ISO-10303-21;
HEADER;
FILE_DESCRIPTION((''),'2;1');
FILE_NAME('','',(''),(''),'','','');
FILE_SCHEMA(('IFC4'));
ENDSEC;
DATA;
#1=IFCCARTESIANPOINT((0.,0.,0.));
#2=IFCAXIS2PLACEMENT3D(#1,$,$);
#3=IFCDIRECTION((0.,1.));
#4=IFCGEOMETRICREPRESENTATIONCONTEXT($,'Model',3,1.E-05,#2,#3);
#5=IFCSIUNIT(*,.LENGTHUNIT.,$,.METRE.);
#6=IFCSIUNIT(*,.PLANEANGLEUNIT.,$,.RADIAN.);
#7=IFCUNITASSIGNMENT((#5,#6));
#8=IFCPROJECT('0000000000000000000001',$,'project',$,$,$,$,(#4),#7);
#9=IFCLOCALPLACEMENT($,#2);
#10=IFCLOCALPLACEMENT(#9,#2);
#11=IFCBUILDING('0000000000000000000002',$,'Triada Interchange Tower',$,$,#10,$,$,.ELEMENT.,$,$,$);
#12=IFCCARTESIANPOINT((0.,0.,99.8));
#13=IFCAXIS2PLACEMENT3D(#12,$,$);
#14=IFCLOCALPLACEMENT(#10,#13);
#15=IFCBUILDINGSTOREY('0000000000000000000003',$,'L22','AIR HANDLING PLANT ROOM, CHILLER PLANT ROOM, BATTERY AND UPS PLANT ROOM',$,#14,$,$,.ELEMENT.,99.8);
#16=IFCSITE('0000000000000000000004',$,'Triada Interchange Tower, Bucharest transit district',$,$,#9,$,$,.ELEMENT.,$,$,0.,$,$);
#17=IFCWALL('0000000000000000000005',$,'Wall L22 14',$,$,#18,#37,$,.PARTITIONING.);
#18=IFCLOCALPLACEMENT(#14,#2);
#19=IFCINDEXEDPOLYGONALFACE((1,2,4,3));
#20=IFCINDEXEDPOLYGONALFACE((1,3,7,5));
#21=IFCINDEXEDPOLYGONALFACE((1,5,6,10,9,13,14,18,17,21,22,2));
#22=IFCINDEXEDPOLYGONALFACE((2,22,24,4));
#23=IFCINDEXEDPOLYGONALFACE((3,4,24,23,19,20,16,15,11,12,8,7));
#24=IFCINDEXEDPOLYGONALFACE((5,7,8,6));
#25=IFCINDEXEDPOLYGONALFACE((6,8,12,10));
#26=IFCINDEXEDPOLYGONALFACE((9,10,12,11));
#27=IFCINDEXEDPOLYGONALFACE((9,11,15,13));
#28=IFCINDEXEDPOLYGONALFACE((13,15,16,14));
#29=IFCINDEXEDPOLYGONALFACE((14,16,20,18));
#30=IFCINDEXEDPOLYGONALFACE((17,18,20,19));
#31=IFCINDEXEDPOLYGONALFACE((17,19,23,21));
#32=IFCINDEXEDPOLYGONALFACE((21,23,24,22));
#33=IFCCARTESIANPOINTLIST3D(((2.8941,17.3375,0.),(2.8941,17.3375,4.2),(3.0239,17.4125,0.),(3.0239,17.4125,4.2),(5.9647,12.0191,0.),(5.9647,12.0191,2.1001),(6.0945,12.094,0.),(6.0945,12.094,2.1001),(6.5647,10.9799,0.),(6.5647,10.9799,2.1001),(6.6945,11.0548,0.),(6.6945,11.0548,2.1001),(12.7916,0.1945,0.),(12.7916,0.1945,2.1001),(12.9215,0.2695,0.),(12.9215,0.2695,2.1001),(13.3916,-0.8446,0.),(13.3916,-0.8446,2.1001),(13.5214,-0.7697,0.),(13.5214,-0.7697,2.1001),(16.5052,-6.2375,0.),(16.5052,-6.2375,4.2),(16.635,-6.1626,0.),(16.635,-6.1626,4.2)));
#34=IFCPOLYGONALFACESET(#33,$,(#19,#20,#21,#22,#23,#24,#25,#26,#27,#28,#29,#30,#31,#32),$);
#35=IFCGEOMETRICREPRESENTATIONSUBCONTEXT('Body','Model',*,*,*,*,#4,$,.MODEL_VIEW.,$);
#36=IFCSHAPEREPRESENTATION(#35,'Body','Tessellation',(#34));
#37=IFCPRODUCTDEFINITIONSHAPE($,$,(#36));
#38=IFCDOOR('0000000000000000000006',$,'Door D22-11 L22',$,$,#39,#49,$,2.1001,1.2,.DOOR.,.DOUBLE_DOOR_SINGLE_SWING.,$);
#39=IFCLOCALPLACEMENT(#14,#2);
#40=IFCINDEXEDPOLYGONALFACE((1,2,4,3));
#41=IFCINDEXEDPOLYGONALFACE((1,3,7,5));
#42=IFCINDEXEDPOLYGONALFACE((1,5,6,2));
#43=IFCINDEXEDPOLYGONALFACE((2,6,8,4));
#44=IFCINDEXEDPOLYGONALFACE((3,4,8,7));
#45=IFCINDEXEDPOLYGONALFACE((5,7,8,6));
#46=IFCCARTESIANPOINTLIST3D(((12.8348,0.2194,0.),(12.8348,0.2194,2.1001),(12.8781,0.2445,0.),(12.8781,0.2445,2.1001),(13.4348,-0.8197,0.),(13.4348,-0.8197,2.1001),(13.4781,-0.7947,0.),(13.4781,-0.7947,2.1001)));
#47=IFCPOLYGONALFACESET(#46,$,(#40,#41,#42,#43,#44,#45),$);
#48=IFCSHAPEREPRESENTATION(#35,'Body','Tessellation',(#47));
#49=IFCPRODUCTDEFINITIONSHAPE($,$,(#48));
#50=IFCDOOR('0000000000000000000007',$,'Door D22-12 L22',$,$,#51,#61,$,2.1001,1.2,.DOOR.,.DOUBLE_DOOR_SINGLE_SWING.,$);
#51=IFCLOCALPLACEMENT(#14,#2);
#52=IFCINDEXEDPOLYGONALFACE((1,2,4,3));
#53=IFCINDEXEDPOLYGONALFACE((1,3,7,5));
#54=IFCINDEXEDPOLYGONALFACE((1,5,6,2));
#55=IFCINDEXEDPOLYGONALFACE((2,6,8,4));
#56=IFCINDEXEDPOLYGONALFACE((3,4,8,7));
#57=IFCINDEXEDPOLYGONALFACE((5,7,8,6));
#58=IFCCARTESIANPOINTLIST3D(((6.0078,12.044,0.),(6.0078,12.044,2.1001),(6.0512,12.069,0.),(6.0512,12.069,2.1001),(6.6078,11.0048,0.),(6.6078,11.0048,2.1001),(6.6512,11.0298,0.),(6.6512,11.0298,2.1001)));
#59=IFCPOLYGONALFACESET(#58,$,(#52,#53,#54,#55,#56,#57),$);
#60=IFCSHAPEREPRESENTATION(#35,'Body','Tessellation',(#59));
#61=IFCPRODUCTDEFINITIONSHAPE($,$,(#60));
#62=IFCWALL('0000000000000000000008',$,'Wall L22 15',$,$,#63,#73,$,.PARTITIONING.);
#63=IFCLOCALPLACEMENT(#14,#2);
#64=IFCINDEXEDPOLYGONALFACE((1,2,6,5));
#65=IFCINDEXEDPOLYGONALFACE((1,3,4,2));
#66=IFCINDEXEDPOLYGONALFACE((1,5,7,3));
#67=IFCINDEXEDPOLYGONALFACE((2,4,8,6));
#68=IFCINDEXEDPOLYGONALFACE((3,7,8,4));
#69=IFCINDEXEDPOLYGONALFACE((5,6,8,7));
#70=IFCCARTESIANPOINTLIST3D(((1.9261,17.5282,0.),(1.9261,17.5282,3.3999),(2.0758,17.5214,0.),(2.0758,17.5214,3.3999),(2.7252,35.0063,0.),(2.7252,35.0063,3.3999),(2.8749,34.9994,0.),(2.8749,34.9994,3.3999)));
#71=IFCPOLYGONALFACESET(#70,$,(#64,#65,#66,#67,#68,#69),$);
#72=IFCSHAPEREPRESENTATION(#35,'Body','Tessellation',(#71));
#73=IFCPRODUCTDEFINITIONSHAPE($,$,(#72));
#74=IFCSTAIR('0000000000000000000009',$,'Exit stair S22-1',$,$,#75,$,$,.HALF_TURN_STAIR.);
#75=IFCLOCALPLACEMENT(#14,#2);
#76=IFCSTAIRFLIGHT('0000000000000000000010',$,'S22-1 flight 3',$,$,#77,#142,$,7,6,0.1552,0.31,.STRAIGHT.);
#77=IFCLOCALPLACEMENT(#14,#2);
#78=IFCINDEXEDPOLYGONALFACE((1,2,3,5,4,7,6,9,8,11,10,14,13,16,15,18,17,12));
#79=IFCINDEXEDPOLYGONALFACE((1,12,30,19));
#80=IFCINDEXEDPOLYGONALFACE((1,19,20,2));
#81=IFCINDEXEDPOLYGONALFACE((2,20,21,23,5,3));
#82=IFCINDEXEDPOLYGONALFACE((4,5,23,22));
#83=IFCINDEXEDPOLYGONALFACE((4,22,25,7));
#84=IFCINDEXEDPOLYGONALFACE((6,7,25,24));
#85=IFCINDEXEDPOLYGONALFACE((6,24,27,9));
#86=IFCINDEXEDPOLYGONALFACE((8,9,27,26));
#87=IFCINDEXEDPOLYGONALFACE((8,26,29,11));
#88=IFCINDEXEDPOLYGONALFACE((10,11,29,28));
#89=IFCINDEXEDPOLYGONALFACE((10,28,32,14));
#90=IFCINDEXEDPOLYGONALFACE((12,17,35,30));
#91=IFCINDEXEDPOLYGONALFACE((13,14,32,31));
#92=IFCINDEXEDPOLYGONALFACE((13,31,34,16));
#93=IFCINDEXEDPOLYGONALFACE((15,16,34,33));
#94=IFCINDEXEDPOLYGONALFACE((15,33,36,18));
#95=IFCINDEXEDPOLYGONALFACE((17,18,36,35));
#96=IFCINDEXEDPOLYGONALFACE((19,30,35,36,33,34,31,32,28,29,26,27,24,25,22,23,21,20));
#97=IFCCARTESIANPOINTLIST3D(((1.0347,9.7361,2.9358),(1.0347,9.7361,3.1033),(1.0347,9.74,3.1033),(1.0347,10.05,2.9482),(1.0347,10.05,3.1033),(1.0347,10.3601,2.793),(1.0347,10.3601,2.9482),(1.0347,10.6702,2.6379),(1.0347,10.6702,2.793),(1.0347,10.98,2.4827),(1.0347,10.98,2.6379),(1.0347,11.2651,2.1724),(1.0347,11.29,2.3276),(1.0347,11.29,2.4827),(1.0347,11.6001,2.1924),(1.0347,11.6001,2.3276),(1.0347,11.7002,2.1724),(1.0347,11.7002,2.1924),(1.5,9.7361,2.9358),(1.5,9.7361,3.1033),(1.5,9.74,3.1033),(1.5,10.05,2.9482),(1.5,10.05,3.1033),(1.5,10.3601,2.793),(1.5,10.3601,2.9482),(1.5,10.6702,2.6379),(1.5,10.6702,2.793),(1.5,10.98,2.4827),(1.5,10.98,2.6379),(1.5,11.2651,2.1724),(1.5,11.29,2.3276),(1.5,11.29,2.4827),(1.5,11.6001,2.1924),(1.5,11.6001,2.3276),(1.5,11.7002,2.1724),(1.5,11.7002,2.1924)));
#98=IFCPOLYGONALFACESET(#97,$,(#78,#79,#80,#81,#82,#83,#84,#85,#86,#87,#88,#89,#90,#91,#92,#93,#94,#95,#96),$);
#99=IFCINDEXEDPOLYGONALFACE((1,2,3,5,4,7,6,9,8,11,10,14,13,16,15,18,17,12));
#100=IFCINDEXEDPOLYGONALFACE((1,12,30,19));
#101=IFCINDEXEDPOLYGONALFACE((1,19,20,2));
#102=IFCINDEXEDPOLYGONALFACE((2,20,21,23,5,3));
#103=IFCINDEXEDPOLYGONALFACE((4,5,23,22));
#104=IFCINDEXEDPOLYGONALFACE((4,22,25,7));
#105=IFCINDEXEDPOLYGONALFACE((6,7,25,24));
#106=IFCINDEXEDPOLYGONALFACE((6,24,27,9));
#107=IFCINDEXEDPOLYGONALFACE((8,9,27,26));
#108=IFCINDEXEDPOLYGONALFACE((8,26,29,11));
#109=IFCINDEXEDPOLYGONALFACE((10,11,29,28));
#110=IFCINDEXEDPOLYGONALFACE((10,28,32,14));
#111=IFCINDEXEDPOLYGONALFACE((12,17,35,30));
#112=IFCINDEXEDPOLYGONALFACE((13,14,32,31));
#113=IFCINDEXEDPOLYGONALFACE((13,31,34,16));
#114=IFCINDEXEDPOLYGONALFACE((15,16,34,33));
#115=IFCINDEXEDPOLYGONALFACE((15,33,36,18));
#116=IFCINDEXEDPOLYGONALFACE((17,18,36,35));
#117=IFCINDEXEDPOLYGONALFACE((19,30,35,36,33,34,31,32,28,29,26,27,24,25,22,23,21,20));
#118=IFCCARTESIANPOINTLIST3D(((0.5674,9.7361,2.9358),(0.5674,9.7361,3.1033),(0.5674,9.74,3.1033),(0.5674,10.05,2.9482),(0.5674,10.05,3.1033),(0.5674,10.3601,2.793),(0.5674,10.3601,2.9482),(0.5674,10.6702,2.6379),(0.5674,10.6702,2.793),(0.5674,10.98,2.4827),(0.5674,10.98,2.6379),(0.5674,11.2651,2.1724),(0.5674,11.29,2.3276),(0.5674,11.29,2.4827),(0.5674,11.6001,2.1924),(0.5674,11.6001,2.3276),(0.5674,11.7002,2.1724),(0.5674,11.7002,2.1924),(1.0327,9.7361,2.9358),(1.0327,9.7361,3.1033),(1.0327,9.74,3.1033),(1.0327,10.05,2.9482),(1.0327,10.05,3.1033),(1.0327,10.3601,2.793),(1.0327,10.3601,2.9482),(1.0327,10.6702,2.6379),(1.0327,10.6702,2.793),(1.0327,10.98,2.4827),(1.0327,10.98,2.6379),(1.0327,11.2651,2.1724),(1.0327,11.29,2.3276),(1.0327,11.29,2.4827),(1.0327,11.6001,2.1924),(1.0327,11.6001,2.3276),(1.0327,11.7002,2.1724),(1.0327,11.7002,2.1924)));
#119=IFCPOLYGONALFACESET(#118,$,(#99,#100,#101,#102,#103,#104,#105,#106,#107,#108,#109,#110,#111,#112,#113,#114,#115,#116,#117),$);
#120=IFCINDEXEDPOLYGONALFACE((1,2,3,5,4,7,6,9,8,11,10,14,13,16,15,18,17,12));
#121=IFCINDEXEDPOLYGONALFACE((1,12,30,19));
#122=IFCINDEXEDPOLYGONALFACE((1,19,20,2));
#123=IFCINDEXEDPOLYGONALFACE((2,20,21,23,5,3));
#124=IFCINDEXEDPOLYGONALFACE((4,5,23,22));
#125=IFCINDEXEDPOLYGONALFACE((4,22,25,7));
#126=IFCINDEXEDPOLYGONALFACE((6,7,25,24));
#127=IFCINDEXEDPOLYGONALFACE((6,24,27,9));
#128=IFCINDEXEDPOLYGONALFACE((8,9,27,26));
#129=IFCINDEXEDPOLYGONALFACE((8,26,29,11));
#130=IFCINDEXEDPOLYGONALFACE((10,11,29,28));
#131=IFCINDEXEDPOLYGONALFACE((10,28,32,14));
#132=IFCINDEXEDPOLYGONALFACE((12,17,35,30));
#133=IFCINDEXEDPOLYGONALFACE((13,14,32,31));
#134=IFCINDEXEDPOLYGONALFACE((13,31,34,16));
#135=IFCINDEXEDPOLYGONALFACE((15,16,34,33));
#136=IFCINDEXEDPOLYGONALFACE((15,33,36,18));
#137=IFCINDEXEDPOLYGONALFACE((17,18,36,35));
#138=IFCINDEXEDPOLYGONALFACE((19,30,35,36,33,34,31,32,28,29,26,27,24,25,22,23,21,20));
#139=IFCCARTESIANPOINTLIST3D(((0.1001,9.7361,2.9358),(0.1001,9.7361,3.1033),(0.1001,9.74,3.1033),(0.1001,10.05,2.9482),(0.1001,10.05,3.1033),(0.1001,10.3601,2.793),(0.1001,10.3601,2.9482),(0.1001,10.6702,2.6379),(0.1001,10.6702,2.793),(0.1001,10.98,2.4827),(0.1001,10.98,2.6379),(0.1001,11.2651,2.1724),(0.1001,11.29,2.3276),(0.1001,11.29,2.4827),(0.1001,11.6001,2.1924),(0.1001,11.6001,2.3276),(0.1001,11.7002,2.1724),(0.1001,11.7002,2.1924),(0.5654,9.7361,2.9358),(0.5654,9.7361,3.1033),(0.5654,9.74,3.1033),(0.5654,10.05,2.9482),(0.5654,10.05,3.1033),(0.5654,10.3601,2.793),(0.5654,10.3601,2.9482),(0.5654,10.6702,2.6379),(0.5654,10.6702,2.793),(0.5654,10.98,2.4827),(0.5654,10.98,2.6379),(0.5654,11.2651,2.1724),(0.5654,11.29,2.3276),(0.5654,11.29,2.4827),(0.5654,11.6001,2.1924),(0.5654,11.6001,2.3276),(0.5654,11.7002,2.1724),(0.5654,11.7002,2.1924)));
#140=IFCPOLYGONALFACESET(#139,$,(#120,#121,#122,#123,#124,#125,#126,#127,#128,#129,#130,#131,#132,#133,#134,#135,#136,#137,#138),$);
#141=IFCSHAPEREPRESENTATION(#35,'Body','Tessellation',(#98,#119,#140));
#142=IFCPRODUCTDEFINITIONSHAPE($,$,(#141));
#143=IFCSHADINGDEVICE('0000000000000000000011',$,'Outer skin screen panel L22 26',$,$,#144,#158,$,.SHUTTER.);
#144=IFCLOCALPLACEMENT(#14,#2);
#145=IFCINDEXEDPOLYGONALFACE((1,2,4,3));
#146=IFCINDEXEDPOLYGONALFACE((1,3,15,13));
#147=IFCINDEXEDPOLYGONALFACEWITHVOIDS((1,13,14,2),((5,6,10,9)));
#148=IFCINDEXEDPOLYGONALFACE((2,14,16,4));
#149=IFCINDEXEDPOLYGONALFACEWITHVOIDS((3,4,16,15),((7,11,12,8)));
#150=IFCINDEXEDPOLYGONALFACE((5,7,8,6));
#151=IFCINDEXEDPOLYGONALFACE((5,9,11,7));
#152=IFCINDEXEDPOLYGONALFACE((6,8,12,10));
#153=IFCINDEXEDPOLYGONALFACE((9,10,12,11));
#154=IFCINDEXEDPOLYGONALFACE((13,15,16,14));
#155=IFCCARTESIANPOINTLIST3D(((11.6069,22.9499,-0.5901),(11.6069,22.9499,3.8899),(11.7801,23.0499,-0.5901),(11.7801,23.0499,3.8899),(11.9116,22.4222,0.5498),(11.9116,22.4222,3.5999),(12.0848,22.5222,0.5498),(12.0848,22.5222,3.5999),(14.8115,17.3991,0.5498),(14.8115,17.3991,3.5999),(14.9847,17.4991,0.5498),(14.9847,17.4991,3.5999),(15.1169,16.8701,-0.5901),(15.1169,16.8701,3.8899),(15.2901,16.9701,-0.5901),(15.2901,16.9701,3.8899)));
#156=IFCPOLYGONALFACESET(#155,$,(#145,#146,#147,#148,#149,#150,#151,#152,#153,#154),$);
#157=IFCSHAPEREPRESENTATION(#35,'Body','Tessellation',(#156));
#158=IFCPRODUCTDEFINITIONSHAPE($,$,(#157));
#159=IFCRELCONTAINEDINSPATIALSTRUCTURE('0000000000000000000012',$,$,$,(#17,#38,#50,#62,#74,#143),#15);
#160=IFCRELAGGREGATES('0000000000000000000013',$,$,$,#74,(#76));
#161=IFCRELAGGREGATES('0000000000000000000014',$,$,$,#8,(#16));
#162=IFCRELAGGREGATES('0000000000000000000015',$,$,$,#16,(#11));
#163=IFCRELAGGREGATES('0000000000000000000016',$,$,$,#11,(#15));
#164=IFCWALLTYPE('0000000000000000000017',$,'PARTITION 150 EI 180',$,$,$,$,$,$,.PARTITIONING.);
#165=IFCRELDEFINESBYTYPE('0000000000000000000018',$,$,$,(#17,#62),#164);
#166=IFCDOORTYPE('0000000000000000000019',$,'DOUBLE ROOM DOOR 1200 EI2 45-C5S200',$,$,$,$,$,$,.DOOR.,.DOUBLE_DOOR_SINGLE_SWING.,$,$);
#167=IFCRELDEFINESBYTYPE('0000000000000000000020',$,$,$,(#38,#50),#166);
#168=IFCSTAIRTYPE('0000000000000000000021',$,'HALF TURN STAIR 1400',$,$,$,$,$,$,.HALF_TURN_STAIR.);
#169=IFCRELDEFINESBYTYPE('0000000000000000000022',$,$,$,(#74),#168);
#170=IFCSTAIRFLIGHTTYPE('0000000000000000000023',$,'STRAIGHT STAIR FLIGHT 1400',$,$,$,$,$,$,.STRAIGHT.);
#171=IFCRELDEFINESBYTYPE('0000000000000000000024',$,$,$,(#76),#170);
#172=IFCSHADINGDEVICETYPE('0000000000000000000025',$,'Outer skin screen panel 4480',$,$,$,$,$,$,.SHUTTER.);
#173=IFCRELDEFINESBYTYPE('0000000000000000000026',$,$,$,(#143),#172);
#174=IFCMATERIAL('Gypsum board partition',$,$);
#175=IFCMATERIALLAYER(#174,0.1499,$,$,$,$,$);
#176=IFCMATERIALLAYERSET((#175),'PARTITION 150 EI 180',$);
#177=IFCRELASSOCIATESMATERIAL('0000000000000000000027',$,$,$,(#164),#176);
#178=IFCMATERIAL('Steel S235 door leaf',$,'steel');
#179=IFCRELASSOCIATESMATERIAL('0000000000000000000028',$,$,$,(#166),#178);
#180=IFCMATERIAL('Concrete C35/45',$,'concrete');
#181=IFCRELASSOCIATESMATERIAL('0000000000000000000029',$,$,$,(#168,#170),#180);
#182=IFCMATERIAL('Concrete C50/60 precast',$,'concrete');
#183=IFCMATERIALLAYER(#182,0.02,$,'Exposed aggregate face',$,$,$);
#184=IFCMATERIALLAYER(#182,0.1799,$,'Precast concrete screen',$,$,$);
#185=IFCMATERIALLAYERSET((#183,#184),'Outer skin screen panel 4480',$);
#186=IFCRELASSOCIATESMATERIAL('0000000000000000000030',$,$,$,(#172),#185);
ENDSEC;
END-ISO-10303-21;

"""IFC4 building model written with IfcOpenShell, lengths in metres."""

from ifc_helpers import new_model, si_unit, direction, frame, frame_2d, origin, place, context, subcontext, project, spatial, polyline, rectangle, outline, extrude, material, layer, layer_set, type_object, element, fill, aggregate, save


model = new_model("IFC4")

# Units and contexts
model_context = context("Model", 3, precision=1e-05, world=origin(), true_north=direction((0.0, 1.0)))
body_context = subcontext(model_context, "Body", "Model", "MODEL_VIEW")
ifc_project = project(units=[si_unit("LENGTHUNIT", "METRE"), si_unit("PLANEANGLEUNIT", "RADIAN")], contexts=[model_context])

# Site, building, storey
site_placement = place(None, origin())
site = spatial("IfcSite", under=ifc_project, at=site_placement, Name="Triada Interchange Tower, Bucharest transit district", CompositionType="ELEMENT", RefElevation=0.0)
building_placement = place(site_placement, origin())
building = spatial("IfcBuilding", under=site, at=building_placement, Name="Triada Interchange Tower", CompositionType="ELEMENT")
storey_placement = place(building_placement, frame((0.0, 0.0, 99.8)))
storey = spatial("IfcBuildingStorey", under=building, at=storey_placement, Name="L22", Description="AIR HANDLING PLANT ROOM, CHILLER PLANT ROOM, BATTERY AND UPS PLANT ROOM", CompositionType="ELEMENT", Elevation=99.8)

# Shared definitions
ifc_material_1 = material(Name="Concrete C35/45", Category="concrete")

# Shared definitions
ifc_material_2 = material(Name="Steel S235 door leaf", Category="steel")

# Shared definitions
ifc_material_3 = material(Name="Gypsum board partition")
ifc_layer_1 = layer(ifc_material_3, 0.1499)
ifc_layer_set_1 = layer_set([ifc_layer_1], Name="PARTITION 150 EI 180")
wall_type_1 = type_object("IfcWallType", Name="PARTITION 150 EI 180", PredefinedType="PARTITIONING", material=ifc_layer_set_1)

# Wall, openings, doors
wall_1_placement = place(storey_placement, frame((2.959, 17.375, 0.0), z_axis=(0.0, 0.0, 1.0), x_axis=(0.500002, -0.866024, 0.0)))
wall_1 = element("IfcWall", 1, at=wall_1_placement, inside=storey, type_object=wall_type_1, Name="Wall L22 14", PredefinedType="PARTITIONING", context=body_context, shape_type="SweptSolid", body=[
    extrude(rectangle(XDim=27.2222, YDim=0.1499, at=frame_2d((13.6111, 0.0))), origin(), (0.0, 0.0, 1.0), 4.2),
])
opening_1_placement = place(wall_1_placement, frame((19.7949, 0.0, 0.0)))
opening_1 = element("IfcOpeningElement", 2, at=opening_1_placement, cuts=wall_1, PredefinedType="OPENING", context=body_context, shape_type="SweptSolid", body=[
    extrude(rectangle(XDim=1.2, YDim=2.1001, at=frame_2d((0.6001, 1.05))), frame((0.0, 0.085, 0.0), z_axis=(0.0, -1.0, 0.0), x_axis=(1.0, 0.0, 0.0)), (0.0, 0.0, 1.0), 0.1699),
])
opening_2_placement = place(wall_1_placement, frame((6.1411, 0.0, 0.0)))
opening_2 = element("IfcOpeningElement", 3, at=opening_2_placement, cuts=wall_1, PredefinedType="OPENING", context=body_context, shape_type="SweptSolid", body=[
    extrude(rectangle(XDim=1.2, YDim=2.1001, at=frame_2d((0.6001, 1.05))), frame((0.0, 0.085, 0.0), z_axis=(0.0, -1.0, 0.0), x_axis=(1.0, 0.0, 0.0)), (0.0, 0.0, 1.0), 0.1699),
])
door_type_1 = type_object("IfcDoorType", Name="DOUBLE ROOM DOOR 1200 EI2 45-C5S200", OperationType="DOUBLE_DOOR_SINGLE_SWING", PredefinedType="DOOR", material=ifc_material_2)
door_1_placement = place(opening_1_placement, origin())
door_1 = element("IfcDoor", 4, at=door_1_placement, inside=storey, type_object=door_type_1, Name="Door D22-11 L22", OperationType="DOUBLE_DOOR_SINGLE_SWING", OverallHeight=2.1001, OverallWidth=1.2, PredefinedType="DOOR", context=body_context, shape_type="SweptSolid", body=[
    extrude(rectangle(XDim=1.2, YDim=2.1001, at=frame_2d((0.6001, 1.05))), frame((0.0, 0.0249, 0.0), z_axis=(0.0, -1.0, 0.0), x_axis=(1.0, 0.0, 0.0)), (0.0, 0.0, 1.0), 0.05),
])
fill(opening_1, door_1)
door_2_placement = place(opening_2_placement, origin())
door_2 = element("IfcDoor", 5, at=door_2_placement, inside=storey, type_object=door_type_1, Name="Door D22-12 L22", OperationType="DOUBLE_DOOR_SINGLE_SWING", OverallHeight=2.1001, OverallWidth=1.2, PredefinedType="DOOR", context=body_context, shape_type="SweptSolid", body=[
    extrude(rectangle(XDim=1.2, YDim=2.1001, at=frame_2d((0.6001, 1.05))), frame((0.0, 0.0249, 0.0), z_axis=(0.0, -1.0, 0.0), x_axis=(1.0, 0.0, 0.0)), (0.0, 0.0, 1.0), 0.05),
])
fill(opening_2, door_2)

# Wall
wall_2_placement = place(storey_placement, frame((2.001, 17.5249, 0.0), z_axis=(0.0, 0.0, 1.0), x_axis=(0.045671, 0.998957, 0.0)))
element("IfcWall", 6, at=wall_2_placement, inside=storey, type_object=wall_type_1, Name="Wall L22 15", PredefinedType="PARTITIONING", context=body_context, shape_type="SweptSolid", body=[
    extrude(rectangle(XDim=17.4963, YDim=0.1499, at=frame_2d((8.748, 0.0))), origin(), (0.0, 0.0, 1.0), 3.3999),
])

# Stair, stair flight
stair_type = type_object("IfcStairType", Name="HALF TURN STAIR 1400", PredefinedType="HALF_TURN_STAIR", material=ifc_material_1)
stair_placement = place(storey_placement, origin())
stair = element("IfcStair", 7, at=stair_placement, inside=storey, type_object=stair_type, Name="Exit stair S22-1", PredefinedType="HALF_TURN_STAIR")
stair_flight_type = type_object("IfcStairFlightType", Name="STRAIGHT STAIR FLIGHT 1400", PredefinedType="STRAIGHT", material=ifc_material_1)
stair_flight_placement = place(storey_placement, frame((0.8, 11.6001, 2.1724), z_axis=(0.0, 0.0, 1.0), x_axis=(0.0, -1.0, 0.0)))
stair_flight = element("IfcStairFlight", 8, at=stair_flight_placement, type_object=stair_flight_type, Name="S22-1 flight 3", NumberOfRisers=7, NumberOfTreads=6, PredefinedType="STRAIGHT", RiserHeight=0.1552, TreadLength=0.31, context=body_context, shape_type="SweptSolid", body=[
    extrude(outline(polyline([(-0.1001, 0.0), (-0.1001, 0.02), (0.0, 0.02), (0.0, 0.1553), (0.3101, 0.1553), (0.3101, 0.3103), (0.6201, 0.3103), (0.6201, 0.4656), (0.9299, 0.4656), (0.9299, 0.6206), (1.24, 0.6206), (1.24, 0.7759), (1.55, 0.7759), (1.55, 0.9309), (1.8601, 0.9309), (1.864, 0.9309), (1.864, 1.0862), (1.864, 0.7634), (0.335, 0.0), (-0.1001, 0.0)])), frame((0.0, 0.7, 0.0), z_axis=(0.0, -1.0, 0.0), x_axis=(1.0, 0.0, 0.0)), (0.0, 0.0, 1.0), 0.4653),
    extrude(outline(polyline([(-0.1001, 0.0), (-0.1001, 0.02), (0.0, 0.02), (0.0, 0.1553), (0.3101, 0.1553), (0.3101, 0.3103), (0.6201, 0.3103), (0.6201, 0.4656), (0.9299, 0.4656), (0.9299, 0.6206), (1.24, 0.6206), (1.24, 0.7759), (1.55, 0.7759), (1.55, 0.9309), (1.8601, 0.9309), (1.864, 0.9309), (1.864, 1.0862), (1.864, 0.7634), (0.335, 0.0), (-0.1001, 0.0)])), frame((0.0, 0.2327, 0.0), z_axis=(0.0, -1.0, 0.0), x_axis=(1.0, 0.0, 0.0)), (0.0, 0.0, 1.0), 0.4653),
    extrude(outline(polyline([(-0.1001, 0.0), (-0.1001, 0.02), (0.0, 0.02), (0.0, 0.1553), (0.3101, 0.1553), (0.3101, 0.3103), (0.6201, 0.3103), (0.6201, 0.4656), (0.9299, 0.4656), (0.9299, 0.6206), (1.24, 0.6206), (1.24, 0.7759), (1.55, 0.7759), (1.55, 0.9309), (1.8601, 0.9309), (1.864, 0.9309), (1.864, 1.0862), (1.864, 0.7634), (0.335, 0.0), (-0.1001, 0.0)])), frame((0.0, -0.2346, 0.0), z_axis=(0.0, -1.0, 0.0), x_axis=(1.0, 0.0, 0.0)), (0.0, 0.0, 1.0), 0.4653),
])

# Shading device
ifc_material_4 = material(Name="Concrete C50/60 precast", Category="concrete")
ifc_layer_2 = layer(ifc_material_4, 0.02, Name="Exposed aggregate face")
ifc_layer_3 = layer(ifc_material_4, 0.1799, Name="Precast concrete screen")
ifc_layer_set_2 = layer_set([ifc_layer_2, ifc_layer_3], Name="Outer skin screen panel 4480")
shading_device_type = type_object("IfcShadingDeviceType", Name="Outer skin screen panel 4480", PredefinedType="SHUTTER", material=ifc_layer_set_2)
shading_device_placement = place(storey_placement, frame((15.1169, 16.8701, -0.5901), z_axis=(0.0, 0.0, 1.0), x_axis=(-0.49998, 0.866037, 0.0)))
element("IfcShadingDevice", 9, at=shading_device_placement, inside=storey, type_object=shading_device_type, Name="Outer skin screen panel L22 26", PredefinedType="SHUTTER", context=body_context, shape_type="SweptSolid", body=[
    extrude(outline(polyline([(0.0, 0.0), (7.0203, 0.0), (7.0203, 4.48), (0.0, 4.48), (0.0, 0.0)]), holes=[polyline([(0.6108, 1.1399), (0.6108, 4.1899), (6.4109, 4.1899), (6.4109, 1.1399), (0.6108, 1.1399)])]), frame((0.0, 0.0, 0.0), z_axis=(0.0, -1.0, 0.0), x_axis=(1.0, 0.0, 0.0)), (0.0, 0.0, 1.0), 0.2),
])

aggregate(stair, [stair_flight])

save(model, "model.ifc")
